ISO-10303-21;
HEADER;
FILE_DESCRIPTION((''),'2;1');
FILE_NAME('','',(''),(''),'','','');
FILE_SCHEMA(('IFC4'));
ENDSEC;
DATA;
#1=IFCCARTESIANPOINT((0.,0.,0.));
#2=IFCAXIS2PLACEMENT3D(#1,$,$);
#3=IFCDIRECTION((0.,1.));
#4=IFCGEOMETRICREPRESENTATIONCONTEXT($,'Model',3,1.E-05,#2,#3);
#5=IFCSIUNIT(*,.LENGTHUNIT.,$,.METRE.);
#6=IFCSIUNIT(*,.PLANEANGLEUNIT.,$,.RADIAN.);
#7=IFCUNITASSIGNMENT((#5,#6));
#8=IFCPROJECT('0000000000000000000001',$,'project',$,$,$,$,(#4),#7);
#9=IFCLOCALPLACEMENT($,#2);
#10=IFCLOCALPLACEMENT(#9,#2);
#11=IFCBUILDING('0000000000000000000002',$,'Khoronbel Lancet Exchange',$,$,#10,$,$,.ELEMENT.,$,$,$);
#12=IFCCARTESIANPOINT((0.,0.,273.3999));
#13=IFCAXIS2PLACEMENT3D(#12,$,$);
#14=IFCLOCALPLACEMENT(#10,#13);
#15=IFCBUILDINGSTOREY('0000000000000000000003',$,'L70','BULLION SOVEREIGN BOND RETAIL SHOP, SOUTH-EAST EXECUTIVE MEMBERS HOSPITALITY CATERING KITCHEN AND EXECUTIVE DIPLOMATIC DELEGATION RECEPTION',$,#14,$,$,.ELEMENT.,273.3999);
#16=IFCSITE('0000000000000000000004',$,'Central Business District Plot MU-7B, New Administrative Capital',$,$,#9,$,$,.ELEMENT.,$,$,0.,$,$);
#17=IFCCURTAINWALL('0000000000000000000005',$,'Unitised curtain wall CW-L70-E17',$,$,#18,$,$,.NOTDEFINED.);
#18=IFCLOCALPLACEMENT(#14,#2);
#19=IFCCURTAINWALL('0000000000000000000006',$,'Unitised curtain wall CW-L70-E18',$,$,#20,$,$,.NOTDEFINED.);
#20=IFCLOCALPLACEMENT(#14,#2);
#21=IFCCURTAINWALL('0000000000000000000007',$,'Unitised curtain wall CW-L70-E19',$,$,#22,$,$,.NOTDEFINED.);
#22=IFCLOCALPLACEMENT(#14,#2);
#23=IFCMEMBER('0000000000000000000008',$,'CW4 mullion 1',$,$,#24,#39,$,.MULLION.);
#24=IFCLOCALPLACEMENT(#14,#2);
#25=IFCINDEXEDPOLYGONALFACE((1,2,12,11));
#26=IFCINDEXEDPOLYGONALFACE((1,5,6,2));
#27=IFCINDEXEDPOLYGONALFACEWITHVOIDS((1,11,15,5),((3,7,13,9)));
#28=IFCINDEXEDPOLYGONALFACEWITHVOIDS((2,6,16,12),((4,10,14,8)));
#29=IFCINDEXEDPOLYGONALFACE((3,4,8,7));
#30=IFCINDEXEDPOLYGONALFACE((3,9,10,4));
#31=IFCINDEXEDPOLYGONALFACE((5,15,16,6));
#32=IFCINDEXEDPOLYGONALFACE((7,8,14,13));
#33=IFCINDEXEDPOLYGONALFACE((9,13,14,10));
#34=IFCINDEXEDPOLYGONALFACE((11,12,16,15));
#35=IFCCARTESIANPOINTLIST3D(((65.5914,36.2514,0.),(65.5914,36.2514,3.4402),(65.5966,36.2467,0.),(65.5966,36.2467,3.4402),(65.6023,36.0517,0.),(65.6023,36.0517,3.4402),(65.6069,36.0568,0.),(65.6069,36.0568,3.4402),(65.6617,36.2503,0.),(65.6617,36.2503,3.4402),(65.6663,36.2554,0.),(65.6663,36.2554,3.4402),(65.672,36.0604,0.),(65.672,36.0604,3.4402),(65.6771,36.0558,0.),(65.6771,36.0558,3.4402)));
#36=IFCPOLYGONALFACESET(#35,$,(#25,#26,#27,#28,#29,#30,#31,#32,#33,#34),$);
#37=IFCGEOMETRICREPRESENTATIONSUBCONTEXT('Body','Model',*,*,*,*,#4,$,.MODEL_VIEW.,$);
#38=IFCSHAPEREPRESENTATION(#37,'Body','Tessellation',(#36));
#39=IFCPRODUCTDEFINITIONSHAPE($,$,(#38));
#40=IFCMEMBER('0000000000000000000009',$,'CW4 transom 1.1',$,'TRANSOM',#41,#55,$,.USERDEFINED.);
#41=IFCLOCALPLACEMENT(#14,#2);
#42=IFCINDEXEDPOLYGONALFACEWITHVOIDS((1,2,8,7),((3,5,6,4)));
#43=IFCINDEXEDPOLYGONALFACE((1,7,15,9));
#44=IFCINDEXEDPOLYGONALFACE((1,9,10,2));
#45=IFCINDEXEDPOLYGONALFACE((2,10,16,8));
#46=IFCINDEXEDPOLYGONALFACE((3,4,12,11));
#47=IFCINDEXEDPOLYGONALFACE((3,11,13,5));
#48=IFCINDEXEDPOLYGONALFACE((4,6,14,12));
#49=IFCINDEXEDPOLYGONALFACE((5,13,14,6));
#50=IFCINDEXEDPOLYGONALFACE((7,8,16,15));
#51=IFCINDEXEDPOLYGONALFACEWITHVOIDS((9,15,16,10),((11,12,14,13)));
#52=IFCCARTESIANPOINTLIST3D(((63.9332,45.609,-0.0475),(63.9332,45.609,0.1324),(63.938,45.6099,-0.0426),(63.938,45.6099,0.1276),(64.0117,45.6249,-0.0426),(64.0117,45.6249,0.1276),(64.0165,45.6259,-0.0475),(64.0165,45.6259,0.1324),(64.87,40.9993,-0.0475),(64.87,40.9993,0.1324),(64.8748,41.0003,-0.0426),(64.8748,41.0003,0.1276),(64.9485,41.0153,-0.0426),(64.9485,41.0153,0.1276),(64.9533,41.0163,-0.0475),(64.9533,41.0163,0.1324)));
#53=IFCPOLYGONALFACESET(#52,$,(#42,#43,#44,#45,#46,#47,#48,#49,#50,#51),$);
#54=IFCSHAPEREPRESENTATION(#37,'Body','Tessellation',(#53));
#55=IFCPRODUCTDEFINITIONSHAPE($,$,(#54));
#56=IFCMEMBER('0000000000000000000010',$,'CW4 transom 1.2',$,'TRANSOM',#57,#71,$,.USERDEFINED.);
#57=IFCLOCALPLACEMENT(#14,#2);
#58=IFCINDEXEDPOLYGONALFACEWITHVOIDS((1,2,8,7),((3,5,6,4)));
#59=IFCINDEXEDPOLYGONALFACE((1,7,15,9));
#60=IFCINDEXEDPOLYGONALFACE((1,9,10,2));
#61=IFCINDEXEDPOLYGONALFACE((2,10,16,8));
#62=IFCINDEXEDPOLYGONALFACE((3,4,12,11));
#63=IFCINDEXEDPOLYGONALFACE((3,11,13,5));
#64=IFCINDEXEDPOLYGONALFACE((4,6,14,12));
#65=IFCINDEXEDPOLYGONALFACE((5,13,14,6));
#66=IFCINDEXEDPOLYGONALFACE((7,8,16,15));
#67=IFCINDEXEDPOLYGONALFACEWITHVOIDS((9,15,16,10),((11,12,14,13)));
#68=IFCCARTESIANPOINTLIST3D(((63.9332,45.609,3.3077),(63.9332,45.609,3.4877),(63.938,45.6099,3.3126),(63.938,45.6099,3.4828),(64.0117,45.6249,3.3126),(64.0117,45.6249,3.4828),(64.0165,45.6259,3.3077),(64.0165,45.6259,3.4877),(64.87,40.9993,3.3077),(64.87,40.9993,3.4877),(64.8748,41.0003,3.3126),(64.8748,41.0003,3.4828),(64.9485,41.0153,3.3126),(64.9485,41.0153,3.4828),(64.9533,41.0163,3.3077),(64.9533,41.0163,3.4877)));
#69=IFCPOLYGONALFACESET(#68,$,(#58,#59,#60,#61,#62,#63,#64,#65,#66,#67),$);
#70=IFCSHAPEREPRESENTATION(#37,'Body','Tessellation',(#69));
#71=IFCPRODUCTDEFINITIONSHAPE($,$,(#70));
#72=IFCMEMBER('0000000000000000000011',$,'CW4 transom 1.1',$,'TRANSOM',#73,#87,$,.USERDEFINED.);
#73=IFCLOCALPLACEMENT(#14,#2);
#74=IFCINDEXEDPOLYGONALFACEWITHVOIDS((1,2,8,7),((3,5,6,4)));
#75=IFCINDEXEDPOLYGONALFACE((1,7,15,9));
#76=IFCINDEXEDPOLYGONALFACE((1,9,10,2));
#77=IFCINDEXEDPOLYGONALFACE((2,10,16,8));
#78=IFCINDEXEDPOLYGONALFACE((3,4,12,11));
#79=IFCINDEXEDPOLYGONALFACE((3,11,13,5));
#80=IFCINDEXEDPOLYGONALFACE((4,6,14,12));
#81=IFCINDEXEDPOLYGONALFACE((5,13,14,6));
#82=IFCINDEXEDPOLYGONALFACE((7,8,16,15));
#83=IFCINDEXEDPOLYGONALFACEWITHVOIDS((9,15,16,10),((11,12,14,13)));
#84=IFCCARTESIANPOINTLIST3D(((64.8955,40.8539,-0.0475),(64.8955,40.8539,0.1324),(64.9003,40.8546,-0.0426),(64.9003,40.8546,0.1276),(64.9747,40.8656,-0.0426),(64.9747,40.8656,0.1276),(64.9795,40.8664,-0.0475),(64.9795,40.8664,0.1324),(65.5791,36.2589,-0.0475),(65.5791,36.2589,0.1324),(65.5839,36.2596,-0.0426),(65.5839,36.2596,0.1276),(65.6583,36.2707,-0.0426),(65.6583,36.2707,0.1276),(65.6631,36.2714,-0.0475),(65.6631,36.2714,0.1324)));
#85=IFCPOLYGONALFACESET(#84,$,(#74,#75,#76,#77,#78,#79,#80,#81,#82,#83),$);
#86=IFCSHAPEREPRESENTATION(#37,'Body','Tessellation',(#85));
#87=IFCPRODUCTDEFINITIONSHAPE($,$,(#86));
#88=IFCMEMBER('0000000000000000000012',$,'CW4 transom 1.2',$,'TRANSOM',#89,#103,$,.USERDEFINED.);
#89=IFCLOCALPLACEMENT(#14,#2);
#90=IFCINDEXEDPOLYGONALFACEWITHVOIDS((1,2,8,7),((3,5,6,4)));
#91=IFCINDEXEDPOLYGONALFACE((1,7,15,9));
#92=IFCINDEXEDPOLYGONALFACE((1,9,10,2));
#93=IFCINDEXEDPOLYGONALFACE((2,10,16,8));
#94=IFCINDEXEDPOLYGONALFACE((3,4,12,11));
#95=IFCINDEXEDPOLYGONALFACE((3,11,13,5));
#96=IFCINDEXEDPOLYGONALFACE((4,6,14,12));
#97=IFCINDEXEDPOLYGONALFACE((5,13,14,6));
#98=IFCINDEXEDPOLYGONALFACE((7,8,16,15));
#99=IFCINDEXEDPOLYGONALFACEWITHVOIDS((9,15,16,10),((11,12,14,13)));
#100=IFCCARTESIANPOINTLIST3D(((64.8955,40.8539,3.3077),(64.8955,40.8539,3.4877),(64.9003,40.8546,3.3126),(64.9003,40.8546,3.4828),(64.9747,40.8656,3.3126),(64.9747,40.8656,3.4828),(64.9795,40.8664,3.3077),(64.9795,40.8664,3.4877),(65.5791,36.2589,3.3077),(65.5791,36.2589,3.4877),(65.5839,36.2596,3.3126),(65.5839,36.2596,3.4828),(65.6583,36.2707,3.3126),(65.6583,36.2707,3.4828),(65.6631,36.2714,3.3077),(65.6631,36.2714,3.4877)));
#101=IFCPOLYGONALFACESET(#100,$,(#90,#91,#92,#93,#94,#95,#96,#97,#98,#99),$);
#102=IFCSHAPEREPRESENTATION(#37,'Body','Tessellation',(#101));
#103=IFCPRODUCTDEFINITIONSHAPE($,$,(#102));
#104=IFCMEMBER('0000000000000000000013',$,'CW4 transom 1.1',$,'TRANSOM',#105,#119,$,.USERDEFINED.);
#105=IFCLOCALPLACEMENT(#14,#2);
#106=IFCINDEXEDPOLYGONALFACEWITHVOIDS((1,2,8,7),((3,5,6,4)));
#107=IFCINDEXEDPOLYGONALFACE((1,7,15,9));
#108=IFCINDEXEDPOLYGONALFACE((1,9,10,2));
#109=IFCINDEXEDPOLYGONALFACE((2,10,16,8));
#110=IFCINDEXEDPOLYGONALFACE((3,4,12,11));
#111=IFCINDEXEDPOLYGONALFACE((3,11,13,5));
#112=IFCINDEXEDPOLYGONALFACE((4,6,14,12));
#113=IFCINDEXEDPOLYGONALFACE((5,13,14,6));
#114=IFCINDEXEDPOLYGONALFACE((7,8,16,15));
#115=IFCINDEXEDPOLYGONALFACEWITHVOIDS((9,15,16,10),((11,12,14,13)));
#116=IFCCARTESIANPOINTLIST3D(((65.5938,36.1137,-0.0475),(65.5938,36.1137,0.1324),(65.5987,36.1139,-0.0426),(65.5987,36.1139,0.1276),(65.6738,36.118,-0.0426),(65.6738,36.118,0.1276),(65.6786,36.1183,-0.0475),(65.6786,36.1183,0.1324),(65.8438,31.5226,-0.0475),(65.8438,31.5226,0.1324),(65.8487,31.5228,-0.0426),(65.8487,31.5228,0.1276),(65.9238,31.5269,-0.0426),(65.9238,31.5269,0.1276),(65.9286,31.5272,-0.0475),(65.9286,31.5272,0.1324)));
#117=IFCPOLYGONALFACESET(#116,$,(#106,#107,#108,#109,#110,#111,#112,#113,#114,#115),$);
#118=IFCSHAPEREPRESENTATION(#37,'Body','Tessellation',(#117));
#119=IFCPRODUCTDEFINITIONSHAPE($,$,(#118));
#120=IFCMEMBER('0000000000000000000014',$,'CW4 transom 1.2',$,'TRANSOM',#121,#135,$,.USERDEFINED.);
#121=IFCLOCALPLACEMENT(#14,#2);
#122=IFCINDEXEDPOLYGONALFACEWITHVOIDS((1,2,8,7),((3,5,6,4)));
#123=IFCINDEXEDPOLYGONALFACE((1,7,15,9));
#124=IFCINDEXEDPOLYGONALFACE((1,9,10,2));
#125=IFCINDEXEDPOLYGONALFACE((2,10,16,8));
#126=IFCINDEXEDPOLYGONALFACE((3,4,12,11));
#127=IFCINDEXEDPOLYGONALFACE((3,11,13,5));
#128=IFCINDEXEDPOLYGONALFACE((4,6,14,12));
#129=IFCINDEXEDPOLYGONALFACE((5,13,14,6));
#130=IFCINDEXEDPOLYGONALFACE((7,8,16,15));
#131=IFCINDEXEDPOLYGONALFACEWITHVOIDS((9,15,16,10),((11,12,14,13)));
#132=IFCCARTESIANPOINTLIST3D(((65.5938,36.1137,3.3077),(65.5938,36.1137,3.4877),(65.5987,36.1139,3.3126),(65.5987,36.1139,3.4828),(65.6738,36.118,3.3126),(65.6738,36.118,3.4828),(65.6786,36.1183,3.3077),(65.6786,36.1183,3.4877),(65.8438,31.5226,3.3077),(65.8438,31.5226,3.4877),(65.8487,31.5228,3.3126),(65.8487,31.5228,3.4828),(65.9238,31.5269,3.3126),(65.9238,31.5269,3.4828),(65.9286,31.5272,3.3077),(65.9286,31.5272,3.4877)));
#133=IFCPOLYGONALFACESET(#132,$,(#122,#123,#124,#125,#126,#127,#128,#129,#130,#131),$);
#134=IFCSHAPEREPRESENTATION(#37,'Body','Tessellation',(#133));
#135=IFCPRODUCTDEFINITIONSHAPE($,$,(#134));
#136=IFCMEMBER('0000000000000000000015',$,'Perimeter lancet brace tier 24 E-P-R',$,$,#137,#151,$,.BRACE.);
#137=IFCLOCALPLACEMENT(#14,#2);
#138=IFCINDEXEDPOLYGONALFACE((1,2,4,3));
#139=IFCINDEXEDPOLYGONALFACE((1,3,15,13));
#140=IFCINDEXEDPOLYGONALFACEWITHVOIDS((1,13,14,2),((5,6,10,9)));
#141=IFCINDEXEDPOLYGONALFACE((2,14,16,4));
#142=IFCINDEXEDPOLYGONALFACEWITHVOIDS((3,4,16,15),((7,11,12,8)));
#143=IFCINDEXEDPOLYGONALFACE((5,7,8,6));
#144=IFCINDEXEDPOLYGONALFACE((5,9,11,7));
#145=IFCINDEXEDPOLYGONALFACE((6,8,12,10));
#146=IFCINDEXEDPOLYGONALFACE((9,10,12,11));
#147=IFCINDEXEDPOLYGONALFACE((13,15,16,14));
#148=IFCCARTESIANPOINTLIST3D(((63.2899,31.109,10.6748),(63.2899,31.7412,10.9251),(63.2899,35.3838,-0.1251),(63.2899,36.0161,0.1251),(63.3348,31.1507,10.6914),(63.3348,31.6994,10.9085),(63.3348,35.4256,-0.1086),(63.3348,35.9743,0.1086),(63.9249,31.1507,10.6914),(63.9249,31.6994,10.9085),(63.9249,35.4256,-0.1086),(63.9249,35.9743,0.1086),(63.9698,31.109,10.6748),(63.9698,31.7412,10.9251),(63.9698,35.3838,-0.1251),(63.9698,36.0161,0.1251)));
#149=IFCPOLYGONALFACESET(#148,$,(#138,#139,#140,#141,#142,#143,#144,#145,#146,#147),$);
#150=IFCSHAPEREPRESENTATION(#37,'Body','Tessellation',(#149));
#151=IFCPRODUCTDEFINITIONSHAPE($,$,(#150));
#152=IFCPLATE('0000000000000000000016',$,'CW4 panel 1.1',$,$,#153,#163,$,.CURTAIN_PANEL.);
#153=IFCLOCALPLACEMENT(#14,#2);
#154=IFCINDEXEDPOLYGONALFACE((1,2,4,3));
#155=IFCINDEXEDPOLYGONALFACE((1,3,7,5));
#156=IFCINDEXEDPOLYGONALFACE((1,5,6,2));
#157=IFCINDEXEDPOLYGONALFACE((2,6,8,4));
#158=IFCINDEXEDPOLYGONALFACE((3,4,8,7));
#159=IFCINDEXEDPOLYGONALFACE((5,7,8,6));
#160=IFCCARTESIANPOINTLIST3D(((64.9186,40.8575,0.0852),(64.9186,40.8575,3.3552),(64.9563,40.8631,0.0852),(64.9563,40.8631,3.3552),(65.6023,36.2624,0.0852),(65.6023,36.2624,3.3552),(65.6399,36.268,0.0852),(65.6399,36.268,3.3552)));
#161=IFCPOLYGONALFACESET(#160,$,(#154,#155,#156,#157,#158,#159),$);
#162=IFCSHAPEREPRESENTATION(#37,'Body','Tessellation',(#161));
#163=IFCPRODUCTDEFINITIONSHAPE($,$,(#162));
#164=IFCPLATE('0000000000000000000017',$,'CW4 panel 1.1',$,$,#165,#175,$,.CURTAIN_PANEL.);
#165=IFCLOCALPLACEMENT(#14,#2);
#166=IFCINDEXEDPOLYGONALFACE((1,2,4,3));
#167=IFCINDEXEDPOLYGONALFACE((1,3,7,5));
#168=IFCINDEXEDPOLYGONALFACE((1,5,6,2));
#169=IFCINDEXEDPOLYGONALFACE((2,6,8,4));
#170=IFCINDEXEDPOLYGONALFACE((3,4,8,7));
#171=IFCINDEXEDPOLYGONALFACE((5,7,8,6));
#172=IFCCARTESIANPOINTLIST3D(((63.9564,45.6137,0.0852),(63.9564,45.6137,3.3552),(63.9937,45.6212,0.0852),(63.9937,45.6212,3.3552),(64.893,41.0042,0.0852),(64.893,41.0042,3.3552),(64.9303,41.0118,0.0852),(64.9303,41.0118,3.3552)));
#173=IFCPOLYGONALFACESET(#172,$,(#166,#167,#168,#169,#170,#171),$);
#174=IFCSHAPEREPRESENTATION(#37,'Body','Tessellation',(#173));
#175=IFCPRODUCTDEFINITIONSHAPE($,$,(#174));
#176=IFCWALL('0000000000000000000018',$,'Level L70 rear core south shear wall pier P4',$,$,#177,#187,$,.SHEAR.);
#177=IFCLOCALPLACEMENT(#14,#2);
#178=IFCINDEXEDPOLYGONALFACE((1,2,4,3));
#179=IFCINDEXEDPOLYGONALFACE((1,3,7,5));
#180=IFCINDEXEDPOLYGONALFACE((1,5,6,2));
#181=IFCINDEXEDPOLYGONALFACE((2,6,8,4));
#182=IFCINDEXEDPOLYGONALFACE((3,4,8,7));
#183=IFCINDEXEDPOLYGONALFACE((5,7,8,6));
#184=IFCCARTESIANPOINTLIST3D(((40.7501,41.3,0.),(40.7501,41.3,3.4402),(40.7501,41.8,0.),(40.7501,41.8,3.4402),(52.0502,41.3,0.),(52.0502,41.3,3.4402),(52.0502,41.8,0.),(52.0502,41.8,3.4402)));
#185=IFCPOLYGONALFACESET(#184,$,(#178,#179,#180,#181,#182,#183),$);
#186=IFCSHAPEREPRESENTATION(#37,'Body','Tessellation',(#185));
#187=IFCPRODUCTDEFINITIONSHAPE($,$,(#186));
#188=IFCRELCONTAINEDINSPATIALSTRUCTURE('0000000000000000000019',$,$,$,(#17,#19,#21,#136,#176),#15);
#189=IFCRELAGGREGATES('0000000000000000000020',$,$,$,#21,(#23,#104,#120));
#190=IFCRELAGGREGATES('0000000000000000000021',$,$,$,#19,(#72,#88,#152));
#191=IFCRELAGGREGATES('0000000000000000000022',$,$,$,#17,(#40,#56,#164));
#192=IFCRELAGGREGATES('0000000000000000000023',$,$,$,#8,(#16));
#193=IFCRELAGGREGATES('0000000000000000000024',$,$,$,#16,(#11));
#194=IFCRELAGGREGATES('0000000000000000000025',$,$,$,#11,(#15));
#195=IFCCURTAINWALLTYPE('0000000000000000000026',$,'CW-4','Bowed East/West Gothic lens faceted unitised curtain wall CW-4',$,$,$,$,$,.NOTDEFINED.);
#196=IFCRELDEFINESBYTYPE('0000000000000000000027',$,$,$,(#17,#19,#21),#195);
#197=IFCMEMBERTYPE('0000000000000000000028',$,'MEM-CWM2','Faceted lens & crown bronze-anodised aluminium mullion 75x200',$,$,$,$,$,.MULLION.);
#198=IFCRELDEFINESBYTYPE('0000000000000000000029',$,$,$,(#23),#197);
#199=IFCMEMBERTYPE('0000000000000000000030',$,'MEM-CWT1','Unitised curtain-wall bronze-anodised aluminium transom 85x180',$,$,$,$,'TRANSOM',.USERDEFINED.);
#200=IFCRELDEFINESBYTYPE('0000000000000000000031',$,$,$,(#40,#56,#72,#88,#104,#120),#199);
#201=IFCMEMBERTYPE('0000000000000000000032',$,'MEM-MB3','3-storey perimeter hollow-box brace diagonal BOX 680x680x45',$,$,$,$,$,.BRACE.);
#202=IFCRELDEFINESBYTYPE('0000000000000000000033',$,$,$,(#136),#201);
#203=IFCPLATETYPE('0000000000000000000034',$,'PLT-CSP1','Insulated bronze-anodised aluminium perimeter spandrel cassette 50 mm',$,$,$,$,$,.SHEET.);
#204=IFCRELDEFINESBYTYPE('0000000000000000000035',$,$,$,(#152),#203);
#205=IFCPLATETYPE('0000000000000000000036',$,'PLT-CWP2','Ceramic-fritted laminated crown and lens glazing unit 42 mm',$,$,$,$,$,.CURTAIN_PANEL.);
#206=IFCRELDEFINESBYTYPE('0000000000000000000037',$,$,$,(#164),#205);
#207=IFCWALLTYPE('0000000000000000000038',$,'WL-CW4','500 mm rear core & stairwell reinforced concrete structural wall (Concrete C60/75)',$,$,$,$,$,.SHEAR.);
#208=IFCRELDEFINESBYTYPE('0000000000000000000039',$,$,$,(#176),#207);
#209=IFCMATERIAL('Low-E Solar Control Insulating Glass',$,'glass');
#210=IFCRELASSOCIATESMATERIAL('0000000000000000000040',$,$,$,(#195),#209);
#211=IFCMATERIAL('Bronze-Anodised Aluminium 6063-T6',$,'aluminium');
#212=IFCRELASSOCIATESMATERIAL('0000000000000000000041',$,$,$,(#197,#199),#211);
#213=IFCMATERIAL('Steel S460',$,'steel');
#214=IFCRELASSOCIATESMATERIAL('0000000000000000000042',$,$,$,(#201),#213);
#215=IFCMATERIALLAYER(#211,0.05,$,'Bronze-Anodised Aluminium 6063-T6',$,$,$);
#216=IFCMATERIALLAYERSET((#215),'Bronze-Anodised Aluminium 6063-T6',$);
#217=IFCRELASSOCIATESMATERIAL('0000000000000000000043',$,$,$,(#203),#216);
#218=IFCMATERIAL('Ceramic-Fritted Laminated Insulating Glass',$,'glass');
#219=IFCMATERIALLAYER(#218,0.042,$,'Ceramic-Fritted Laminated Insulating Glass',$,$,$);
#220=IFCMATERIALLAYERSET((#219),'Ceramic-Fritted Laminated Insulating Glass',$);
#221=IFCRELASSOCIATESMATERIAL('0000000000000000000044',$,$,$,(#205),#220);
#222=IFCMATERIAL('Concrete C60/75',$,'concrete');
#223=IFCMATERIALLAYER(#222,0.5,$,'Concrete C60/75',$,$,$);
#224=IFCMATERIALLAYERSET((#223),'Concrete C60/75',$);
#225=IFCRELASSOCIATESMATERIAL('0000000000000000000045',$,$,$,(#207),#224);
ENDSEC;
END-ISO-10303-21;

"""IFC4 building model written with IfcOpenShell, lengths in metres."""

from ifc_helpers import new_model, si_unit, direction, frame, frame_2d, origin, origin_2d, place, context, subcontext, project, spatial, rectangle, hollow_rectangle, extrude, material, layer, layer_set, material_profile, profile_set, type_object, element, aggregate, save


model = new_model("IFC4")

# Units and contexts
model_context = context("Model", 3, precision=1e-05, world=origin(), true_north=direction((0.0, 1.0)))
body_context = subcontext(model_context, "Body", "Model", "MODEL_VIEW")
ifc_project = project(units=[si_unit("LENGTHUNIT", "METRE"), si_unit("PLANEANGLEUNIT", "RADIAN")], contexts=[model_context])

# Site, building, storey
site_placement = place(None, origin())
site = spatial("IfcSite", under=ifc_project, at=site_placement, Name="Central Business District Plot MU-7B, New Administrative Capital", CompositionType="ELEMENT", RefElevation=0.0)
building_placement = place(site_placement, origin())
building = spatial("IfcBuilding", under=site, at=building_placement, Name="Khoronbel Lancet Exchange", CompositionType="ELEMENT")
storey_placement = place(building_placement, frame((0.0, 0.0, 273.3999)))
storey = spatial("IfcBuildingStorey", under=building, at=storey_placement, Name="L70", Description="BULLION SOVEREIGN BOND RETAIL SHOP, SOUTH-EAST EXECUTIVE MEMBERS HOSPITALITY CATERING KITCHEN AND EXECUTIVE DIPLOMATIC DELEGATION RECEPTION", CompositionType="ELEMENT", Elevation=273.3999)

# Shared definitions
ifc_material_1 = material(Name="Concrete C60/75", Category="concrete")

# Curtain walls
ifc_material_2 = material(Name="Low-E Solar Control Insulating Glass", Category="glass")
curtain_wall_type = type_object("IfcCurtainWallType", Name="CW-4", Description="Bowed East/West Gothic lens faceted unitised curtain wall CW-4", PredefinedType="NOTDEFINED", material=ifc_material_2)
curtain_wall_1_placement = place(storey_placement, origin())
curtain_wall_1 = element("IfcCurtainWall", 1, at=curtain_wall_1_placement, inside=storey, type_object=curtain_wall_type, Name="Unitised curtain wall CW-L70-E17", PredefinedType="NOTDEFINED")
ifc_material_3 = material(Name="Bronze-Anodised Aluminium 6063-T6", Category="aluminium")
ifc_material_profile_1 = material_profile(ifc_material_3, hollow_rectangle(XDim=0.075, YDim=0.2, WallThickness=0.0049, at=origin_2d()), Name="ALU MULLION 75x200")
ifc_profile_set_1 = profile_set([ifc_material_profile_1], Name="Bronze-Anodised Aluminium 6063-T6")
member_type_1 = type_object("IfcMemberType", Name="MEM-CWM2", Description="Faceted lens & crown bronze-anodised aluminium mullion 75x200", PredefinedType="MULLION", material=ifc_profile_set_1)
curtain_wall_2_placement = place(storey_placement, origin())
curtain_wall_2 = element("IfcCurtainWall", 2, at=curtain_wall_2_placement, inside=storey, type_object=curtain_wall_type, Name="Unitised curtain wall CW-L70-E18", PredefinedType="NOTDEFINED")

# Curtain wall, member
curtain_wall_3_placement = place(storey_placement, origin())
curtain_wall_3 = element("IfcCurtainWall", 3, at=curtain_wall_3_placement, inside=storey, type_object=curtain_wall_type, Name="Unitised curtain wall CW-L70-E19", PredefinedType="NOTDEFINED")
member_1_placement = place(storey_placement, frame((65.6343, 36.1536, 0.0), z_axis=(0.0, 0.0, 1.0), x_axis=(0.998521, 0.054361, 0.0)))
member_1 = element("IfcMember", 4, at=member_1_placement, type_object=member_type_1, Name="CW4 mullion 1", PredefinedType="MULLION", context=body_context, shape_type="SweptSolid", body=[
    extrude(hollow_rectangle(XDim=0.075, YDim=0.2, WallThickness=0.0049, at=origin_2d()), origin(), (0.0, 0.0, 1.0), 3.4402),
])

# Members
ifc_material_profile_2 = material_profile(ifc_material_3, hollow_rectangle(XDim=0.085, YDim=0.1799, WallThickness=0.0049, at=origin_2d()), Name="ALU TRANSOM 85x180")
ifc_profile_set_2 = profile_set([ifc_material_profile_2], Name="Bronze-Anodised Aluminium 6063-T6")
member_type_2 = type_object("IfcMemberType", Name="MEM-CWT1", Description="Unitised curtain-wall bronze-anodised aluminium transom 85x180", ElementType="TRANSOM", PredefinedType="USERDEFINED", material=ifc_profile_set_2)
member_2_placement = place(storey_placement, frame((63.9749, 45.6174, 0.0425), z_axis=(0.199149, -0.979969, 0.0), x_axis=(0.979969, 0.199149, 0.0)))
member_2 = element("IfcMember", 5, at=member_2_placement, type_object=member_type_2, Name="CW4 transom 1.1", ObjectType="TRANSOM", PredefinedType="USERDEFINED", context=body_context, shape_type="SweptSolid", body=[
    extrude(hollow_rectangle(XDim=0.085, YDim=0.1799, WallThickness=0.0049, at=origin_2d()), origin(), (0.0, 0.0, 1.0), 4.7039),
])
member_3_placement = place(storey_placement, frame((63.9749, 45.6174, 3.3977), z_axis=(0.199149, -0.979969, 0.0), x_axis=(0.979969, 0.199149, 0.0)))
member_3 = element("IfcMember", 6, at=member_3_placement, type_object=member_type_2, Name="CW4 transom 1.2", ObjectType="TRANSOM", PredefinedType="USERDEFINED", context=body_context, shape_type="SweptSolid", body=[
    extrude(hollow_rectangle(XDim=0.085, YDim=0.1799, WallThickness=0.0049, at=origin_2d()), origin(), (0.0, 0.0, 1.0), 4.7039),
])
member_4_placement = place(storey_placement, frame((64.9375, 40.8601, 0.0425), z_axis=(0.14715, -0.989114, 0.0), x_axis=(0.989114, 0.14715, 0.0)))
member_4 = element("IfcMember", 7, at=member_4_placement, type_object=member_type_2, Name="CW4 transom 1.1", ObjectType="TRANSOM", PredefinedType="USERDEFINED", context=body_context, shape_type="SweptSolid", body=[
    extrude(hollow_rectangle(XDim=0.085, YDim=0.1799, WallThickness=0.0049, at=origin_2d()), origin(), (0.0, 0.0, 1.0), 4.6455),
])
member_5_placement = place(storey_placement, frame((64.9375, 40.8601, 3.3977), z_axis=(0.14715, -0.989114, 0.0), x_axis=(0.989114, 0.14715, 0.0)))
member_5 = element("IfcMember", 8, at=member_5_placement, type_object=member_type_2, Name="CW4 transom 1.2", ObjectType="TRANSOM", PredefinedType="USERDEFINED", context=body_context, shape_type="SweptSolid", body=[
    extrude(hollow_rectangle(XDim=0.085, YDim=0.1799, WallThickness=0.0049, at=origin_2d()), origin(), (0.0, 0.0, 1.0), 4.6455),
])
member_6_placement = place(storey_placement, frame((65.6362, 36.116, 0.0425), z_axis=(0.054373, -0.998521, 0.0), x_axis=(0.998521, 0.054373, 0.0)))
member_6 = element("IfcMember", 9, at=member_6_placement, type_object=member_type_2, Name="CW4 transom 1.1", ObjectType="TRANSOM", PredefinedType="USERDEFINED", context=body_context, shape_type="SweptSolid", body=[
    extrude(hollow_rectangle(XDim=0.085, YDim=0.1799, WallThickness=0.0049, at=origin_2d()), origin(), (0.0, 0.0, 1.0), 4.5979),
])
member_7_placement = place(storey_placement, frame((65.6362, 36.116, 3.3977), z_axis=(0.054373, -0.998521, 0.0), x_axis=(0.998521, 0.054373, 0.0)))
member_7 = element("IfcMember", 10, at=member_7_placement, type_object=member_type_2, Name="CW4 transom 1.2", ObjectType="TRANSOM", PredefinedType="USERDEFINED", context=body_context, shape_type="SweptSolid", body=[
    extrude(hollow_rectangle(XDim=0.085, YDim=0.1799, WallThickness=0.0049, at=origin_2d()), origin(), (0.0, 0.0, 1.0), 4.5979),
])
aggregate(curtain_wall_3, [member_1, member_6, member_7])
ifc_material_4 = material(Name="Steel S460", Category="steel")
ifc_material_profile_3 = material_profile(ifc_material_4, hollow_rectangle(XDim=0.6799, YDim=0.6799, WallThickness=0.0449, at=origin_2d()), Name="BOX 680x680x45")
ifc_profile_set_3 = profile_set([ifc_material_profile_3], Name="Steel S460")
member_type_3 = type_object("IfcMemberType", Name="MEM-MB3", Description="3-storey perimeter hollow-box brace diagonal BOX 680x680x45", PredefinedType="BRACE", material=ifc_profile_set_3)
member_8_placement = place(storey_placement, frame((63.6299, 35.7, 0.0), z_axis=(0.0, -0.36804, 0.92981), x_axis=(1.0, 0.0, 0.0)))
element("IfcMember", 11, at=member_8_placement, inside=storey, type_object=member_type_3, Name="Perimeter lancet brace tier 24 E-P-R", PredefinedType="BRACE", context=body_context, shape_type="SweptSolid", body=[
    extrude(hollow_rectangle(XDim=0.6799, YDim=0.6799, WallThickness=0.0449, at=origin_2d()), origin(), (0.0, 0.0, 1.0), 11.6152),
])

# Plates
ifc_layer_1 = layer(ifc_material_3, 0.05, Name="Bronze-Anodised Aluminium 6063-T6")
ifc_layer_set_1 = layer_set([ifc_layer_1], Name="Bronze-Anodised Aluminium 6063-T6")
plate_type_1 = type_object("IfcPlateType", Name="PLT-CSP1", Description="Insulated bronze-anodised aluminium perimeter spandrel cassette 50 mm", PredefinedType="SHEET", material=ifc_layer_set_1)
plate_1_placement = place(storey_placement, frame((65.2793, 38.5627, 0.0852), z_axis=(0.0, 0.0, 1.0), x_axis=(0.147152, -0.989114, 0.0)))
plate_1 = element("IfcPlate", 12, at=plate_1_placement, type_object=plate_type_1, Name="CW4 panel 1.1", PredefinedType="CURTAIN_PANEL", context=body_context, shape_type="SweptSolid", body=[
    extrude(rectangle(XDim=4.6458, YDim=0.0381, at=origin_2d()), origin(), (0.0, 0.0, 1.0), 3.27),
])
aggregate(curtain_wall_2, [member_4, member_5, plate_1])
ifc_material_5 = material(Name="Ceramic-Fritted Laminated Insulating Glass", Category="glass")
ifc_layer_2 = layer(ifc_material_5, 0.042, Name="Ceramic-Fritted Laminated Insulating Glass")
ifc_layer_set_2 = layer_set([ifc_layer_2], Name="Ceramic-Fritted Laminated Insulating Glass")
plate_type_2 = type_object("IfcPlateType", Name="PLT-CWP2", Description="Ceramic-fritted laminated crown and lens glazing unit 42 mm", PredefinedType="CURTAIN_PANEL", material=ifc_layer_set_2)
plate_2_placement = place(storey_placement, frame((64.4434, 43.3127, 0.0852), z_axis=(0.0, 0.0, 1.0), x_axis=(0.199126, -0.979974, 0.0)))
plate_2 = element("IfcPlate", 13, at=plate_2_placement, type_object=plate_type_2, Name="CW4 panel 1.1", PredefinedType="CURTAIN_PANEL", context=body_context, shape_type="SweptSolid", body=[
    extrude(rectangle(XDim=4.7036, YDim=0.0381, at=origin_2d()), origin(), (0.0, 0.0, 1.0), 3.27),
])
aggregate(curtain_wall_1, [member_2, member_3, plate_2])

# Wall
ifc_layer_3 = layer(ifc_material_1, 0.5, Name="Concrete C60/75")
ifc_layer_set_3 = layer_set([ifc_layer_3], Name="Concrete C60/75")
wall_type_1 = type_object("IfcWallType", Name="WL-CW4", Description="500 mm rear core & stairwell reinforced concrete structural wall (Concrete C60/75)", PredefinedType="SHEAR", material=ifc_layer_set_3)
wall_1_placement = place(storey_placement, frame((52.05, 41.55, 0.0), z_axis=(0.0, 0.0, 1.0), x_axis=(-1.0, 0.0, 0.0)))
element("IfcWall", 14, at=wall_1_placement, inside=storey, type_object=wall_type_1, Name="Level L70 rear core south shear wall pier P4", PredefinedType="SHEAR", context=body_context, shape_type="SweptSolid", body=[
    extrude(rectangle(XDim=11.3, YDim=0.5, at=frame_2d((5.6499, 0.0))), origin(), (0.0, 0.0, 1.0), 3.4402),
])

save(model, "model.ifc")
